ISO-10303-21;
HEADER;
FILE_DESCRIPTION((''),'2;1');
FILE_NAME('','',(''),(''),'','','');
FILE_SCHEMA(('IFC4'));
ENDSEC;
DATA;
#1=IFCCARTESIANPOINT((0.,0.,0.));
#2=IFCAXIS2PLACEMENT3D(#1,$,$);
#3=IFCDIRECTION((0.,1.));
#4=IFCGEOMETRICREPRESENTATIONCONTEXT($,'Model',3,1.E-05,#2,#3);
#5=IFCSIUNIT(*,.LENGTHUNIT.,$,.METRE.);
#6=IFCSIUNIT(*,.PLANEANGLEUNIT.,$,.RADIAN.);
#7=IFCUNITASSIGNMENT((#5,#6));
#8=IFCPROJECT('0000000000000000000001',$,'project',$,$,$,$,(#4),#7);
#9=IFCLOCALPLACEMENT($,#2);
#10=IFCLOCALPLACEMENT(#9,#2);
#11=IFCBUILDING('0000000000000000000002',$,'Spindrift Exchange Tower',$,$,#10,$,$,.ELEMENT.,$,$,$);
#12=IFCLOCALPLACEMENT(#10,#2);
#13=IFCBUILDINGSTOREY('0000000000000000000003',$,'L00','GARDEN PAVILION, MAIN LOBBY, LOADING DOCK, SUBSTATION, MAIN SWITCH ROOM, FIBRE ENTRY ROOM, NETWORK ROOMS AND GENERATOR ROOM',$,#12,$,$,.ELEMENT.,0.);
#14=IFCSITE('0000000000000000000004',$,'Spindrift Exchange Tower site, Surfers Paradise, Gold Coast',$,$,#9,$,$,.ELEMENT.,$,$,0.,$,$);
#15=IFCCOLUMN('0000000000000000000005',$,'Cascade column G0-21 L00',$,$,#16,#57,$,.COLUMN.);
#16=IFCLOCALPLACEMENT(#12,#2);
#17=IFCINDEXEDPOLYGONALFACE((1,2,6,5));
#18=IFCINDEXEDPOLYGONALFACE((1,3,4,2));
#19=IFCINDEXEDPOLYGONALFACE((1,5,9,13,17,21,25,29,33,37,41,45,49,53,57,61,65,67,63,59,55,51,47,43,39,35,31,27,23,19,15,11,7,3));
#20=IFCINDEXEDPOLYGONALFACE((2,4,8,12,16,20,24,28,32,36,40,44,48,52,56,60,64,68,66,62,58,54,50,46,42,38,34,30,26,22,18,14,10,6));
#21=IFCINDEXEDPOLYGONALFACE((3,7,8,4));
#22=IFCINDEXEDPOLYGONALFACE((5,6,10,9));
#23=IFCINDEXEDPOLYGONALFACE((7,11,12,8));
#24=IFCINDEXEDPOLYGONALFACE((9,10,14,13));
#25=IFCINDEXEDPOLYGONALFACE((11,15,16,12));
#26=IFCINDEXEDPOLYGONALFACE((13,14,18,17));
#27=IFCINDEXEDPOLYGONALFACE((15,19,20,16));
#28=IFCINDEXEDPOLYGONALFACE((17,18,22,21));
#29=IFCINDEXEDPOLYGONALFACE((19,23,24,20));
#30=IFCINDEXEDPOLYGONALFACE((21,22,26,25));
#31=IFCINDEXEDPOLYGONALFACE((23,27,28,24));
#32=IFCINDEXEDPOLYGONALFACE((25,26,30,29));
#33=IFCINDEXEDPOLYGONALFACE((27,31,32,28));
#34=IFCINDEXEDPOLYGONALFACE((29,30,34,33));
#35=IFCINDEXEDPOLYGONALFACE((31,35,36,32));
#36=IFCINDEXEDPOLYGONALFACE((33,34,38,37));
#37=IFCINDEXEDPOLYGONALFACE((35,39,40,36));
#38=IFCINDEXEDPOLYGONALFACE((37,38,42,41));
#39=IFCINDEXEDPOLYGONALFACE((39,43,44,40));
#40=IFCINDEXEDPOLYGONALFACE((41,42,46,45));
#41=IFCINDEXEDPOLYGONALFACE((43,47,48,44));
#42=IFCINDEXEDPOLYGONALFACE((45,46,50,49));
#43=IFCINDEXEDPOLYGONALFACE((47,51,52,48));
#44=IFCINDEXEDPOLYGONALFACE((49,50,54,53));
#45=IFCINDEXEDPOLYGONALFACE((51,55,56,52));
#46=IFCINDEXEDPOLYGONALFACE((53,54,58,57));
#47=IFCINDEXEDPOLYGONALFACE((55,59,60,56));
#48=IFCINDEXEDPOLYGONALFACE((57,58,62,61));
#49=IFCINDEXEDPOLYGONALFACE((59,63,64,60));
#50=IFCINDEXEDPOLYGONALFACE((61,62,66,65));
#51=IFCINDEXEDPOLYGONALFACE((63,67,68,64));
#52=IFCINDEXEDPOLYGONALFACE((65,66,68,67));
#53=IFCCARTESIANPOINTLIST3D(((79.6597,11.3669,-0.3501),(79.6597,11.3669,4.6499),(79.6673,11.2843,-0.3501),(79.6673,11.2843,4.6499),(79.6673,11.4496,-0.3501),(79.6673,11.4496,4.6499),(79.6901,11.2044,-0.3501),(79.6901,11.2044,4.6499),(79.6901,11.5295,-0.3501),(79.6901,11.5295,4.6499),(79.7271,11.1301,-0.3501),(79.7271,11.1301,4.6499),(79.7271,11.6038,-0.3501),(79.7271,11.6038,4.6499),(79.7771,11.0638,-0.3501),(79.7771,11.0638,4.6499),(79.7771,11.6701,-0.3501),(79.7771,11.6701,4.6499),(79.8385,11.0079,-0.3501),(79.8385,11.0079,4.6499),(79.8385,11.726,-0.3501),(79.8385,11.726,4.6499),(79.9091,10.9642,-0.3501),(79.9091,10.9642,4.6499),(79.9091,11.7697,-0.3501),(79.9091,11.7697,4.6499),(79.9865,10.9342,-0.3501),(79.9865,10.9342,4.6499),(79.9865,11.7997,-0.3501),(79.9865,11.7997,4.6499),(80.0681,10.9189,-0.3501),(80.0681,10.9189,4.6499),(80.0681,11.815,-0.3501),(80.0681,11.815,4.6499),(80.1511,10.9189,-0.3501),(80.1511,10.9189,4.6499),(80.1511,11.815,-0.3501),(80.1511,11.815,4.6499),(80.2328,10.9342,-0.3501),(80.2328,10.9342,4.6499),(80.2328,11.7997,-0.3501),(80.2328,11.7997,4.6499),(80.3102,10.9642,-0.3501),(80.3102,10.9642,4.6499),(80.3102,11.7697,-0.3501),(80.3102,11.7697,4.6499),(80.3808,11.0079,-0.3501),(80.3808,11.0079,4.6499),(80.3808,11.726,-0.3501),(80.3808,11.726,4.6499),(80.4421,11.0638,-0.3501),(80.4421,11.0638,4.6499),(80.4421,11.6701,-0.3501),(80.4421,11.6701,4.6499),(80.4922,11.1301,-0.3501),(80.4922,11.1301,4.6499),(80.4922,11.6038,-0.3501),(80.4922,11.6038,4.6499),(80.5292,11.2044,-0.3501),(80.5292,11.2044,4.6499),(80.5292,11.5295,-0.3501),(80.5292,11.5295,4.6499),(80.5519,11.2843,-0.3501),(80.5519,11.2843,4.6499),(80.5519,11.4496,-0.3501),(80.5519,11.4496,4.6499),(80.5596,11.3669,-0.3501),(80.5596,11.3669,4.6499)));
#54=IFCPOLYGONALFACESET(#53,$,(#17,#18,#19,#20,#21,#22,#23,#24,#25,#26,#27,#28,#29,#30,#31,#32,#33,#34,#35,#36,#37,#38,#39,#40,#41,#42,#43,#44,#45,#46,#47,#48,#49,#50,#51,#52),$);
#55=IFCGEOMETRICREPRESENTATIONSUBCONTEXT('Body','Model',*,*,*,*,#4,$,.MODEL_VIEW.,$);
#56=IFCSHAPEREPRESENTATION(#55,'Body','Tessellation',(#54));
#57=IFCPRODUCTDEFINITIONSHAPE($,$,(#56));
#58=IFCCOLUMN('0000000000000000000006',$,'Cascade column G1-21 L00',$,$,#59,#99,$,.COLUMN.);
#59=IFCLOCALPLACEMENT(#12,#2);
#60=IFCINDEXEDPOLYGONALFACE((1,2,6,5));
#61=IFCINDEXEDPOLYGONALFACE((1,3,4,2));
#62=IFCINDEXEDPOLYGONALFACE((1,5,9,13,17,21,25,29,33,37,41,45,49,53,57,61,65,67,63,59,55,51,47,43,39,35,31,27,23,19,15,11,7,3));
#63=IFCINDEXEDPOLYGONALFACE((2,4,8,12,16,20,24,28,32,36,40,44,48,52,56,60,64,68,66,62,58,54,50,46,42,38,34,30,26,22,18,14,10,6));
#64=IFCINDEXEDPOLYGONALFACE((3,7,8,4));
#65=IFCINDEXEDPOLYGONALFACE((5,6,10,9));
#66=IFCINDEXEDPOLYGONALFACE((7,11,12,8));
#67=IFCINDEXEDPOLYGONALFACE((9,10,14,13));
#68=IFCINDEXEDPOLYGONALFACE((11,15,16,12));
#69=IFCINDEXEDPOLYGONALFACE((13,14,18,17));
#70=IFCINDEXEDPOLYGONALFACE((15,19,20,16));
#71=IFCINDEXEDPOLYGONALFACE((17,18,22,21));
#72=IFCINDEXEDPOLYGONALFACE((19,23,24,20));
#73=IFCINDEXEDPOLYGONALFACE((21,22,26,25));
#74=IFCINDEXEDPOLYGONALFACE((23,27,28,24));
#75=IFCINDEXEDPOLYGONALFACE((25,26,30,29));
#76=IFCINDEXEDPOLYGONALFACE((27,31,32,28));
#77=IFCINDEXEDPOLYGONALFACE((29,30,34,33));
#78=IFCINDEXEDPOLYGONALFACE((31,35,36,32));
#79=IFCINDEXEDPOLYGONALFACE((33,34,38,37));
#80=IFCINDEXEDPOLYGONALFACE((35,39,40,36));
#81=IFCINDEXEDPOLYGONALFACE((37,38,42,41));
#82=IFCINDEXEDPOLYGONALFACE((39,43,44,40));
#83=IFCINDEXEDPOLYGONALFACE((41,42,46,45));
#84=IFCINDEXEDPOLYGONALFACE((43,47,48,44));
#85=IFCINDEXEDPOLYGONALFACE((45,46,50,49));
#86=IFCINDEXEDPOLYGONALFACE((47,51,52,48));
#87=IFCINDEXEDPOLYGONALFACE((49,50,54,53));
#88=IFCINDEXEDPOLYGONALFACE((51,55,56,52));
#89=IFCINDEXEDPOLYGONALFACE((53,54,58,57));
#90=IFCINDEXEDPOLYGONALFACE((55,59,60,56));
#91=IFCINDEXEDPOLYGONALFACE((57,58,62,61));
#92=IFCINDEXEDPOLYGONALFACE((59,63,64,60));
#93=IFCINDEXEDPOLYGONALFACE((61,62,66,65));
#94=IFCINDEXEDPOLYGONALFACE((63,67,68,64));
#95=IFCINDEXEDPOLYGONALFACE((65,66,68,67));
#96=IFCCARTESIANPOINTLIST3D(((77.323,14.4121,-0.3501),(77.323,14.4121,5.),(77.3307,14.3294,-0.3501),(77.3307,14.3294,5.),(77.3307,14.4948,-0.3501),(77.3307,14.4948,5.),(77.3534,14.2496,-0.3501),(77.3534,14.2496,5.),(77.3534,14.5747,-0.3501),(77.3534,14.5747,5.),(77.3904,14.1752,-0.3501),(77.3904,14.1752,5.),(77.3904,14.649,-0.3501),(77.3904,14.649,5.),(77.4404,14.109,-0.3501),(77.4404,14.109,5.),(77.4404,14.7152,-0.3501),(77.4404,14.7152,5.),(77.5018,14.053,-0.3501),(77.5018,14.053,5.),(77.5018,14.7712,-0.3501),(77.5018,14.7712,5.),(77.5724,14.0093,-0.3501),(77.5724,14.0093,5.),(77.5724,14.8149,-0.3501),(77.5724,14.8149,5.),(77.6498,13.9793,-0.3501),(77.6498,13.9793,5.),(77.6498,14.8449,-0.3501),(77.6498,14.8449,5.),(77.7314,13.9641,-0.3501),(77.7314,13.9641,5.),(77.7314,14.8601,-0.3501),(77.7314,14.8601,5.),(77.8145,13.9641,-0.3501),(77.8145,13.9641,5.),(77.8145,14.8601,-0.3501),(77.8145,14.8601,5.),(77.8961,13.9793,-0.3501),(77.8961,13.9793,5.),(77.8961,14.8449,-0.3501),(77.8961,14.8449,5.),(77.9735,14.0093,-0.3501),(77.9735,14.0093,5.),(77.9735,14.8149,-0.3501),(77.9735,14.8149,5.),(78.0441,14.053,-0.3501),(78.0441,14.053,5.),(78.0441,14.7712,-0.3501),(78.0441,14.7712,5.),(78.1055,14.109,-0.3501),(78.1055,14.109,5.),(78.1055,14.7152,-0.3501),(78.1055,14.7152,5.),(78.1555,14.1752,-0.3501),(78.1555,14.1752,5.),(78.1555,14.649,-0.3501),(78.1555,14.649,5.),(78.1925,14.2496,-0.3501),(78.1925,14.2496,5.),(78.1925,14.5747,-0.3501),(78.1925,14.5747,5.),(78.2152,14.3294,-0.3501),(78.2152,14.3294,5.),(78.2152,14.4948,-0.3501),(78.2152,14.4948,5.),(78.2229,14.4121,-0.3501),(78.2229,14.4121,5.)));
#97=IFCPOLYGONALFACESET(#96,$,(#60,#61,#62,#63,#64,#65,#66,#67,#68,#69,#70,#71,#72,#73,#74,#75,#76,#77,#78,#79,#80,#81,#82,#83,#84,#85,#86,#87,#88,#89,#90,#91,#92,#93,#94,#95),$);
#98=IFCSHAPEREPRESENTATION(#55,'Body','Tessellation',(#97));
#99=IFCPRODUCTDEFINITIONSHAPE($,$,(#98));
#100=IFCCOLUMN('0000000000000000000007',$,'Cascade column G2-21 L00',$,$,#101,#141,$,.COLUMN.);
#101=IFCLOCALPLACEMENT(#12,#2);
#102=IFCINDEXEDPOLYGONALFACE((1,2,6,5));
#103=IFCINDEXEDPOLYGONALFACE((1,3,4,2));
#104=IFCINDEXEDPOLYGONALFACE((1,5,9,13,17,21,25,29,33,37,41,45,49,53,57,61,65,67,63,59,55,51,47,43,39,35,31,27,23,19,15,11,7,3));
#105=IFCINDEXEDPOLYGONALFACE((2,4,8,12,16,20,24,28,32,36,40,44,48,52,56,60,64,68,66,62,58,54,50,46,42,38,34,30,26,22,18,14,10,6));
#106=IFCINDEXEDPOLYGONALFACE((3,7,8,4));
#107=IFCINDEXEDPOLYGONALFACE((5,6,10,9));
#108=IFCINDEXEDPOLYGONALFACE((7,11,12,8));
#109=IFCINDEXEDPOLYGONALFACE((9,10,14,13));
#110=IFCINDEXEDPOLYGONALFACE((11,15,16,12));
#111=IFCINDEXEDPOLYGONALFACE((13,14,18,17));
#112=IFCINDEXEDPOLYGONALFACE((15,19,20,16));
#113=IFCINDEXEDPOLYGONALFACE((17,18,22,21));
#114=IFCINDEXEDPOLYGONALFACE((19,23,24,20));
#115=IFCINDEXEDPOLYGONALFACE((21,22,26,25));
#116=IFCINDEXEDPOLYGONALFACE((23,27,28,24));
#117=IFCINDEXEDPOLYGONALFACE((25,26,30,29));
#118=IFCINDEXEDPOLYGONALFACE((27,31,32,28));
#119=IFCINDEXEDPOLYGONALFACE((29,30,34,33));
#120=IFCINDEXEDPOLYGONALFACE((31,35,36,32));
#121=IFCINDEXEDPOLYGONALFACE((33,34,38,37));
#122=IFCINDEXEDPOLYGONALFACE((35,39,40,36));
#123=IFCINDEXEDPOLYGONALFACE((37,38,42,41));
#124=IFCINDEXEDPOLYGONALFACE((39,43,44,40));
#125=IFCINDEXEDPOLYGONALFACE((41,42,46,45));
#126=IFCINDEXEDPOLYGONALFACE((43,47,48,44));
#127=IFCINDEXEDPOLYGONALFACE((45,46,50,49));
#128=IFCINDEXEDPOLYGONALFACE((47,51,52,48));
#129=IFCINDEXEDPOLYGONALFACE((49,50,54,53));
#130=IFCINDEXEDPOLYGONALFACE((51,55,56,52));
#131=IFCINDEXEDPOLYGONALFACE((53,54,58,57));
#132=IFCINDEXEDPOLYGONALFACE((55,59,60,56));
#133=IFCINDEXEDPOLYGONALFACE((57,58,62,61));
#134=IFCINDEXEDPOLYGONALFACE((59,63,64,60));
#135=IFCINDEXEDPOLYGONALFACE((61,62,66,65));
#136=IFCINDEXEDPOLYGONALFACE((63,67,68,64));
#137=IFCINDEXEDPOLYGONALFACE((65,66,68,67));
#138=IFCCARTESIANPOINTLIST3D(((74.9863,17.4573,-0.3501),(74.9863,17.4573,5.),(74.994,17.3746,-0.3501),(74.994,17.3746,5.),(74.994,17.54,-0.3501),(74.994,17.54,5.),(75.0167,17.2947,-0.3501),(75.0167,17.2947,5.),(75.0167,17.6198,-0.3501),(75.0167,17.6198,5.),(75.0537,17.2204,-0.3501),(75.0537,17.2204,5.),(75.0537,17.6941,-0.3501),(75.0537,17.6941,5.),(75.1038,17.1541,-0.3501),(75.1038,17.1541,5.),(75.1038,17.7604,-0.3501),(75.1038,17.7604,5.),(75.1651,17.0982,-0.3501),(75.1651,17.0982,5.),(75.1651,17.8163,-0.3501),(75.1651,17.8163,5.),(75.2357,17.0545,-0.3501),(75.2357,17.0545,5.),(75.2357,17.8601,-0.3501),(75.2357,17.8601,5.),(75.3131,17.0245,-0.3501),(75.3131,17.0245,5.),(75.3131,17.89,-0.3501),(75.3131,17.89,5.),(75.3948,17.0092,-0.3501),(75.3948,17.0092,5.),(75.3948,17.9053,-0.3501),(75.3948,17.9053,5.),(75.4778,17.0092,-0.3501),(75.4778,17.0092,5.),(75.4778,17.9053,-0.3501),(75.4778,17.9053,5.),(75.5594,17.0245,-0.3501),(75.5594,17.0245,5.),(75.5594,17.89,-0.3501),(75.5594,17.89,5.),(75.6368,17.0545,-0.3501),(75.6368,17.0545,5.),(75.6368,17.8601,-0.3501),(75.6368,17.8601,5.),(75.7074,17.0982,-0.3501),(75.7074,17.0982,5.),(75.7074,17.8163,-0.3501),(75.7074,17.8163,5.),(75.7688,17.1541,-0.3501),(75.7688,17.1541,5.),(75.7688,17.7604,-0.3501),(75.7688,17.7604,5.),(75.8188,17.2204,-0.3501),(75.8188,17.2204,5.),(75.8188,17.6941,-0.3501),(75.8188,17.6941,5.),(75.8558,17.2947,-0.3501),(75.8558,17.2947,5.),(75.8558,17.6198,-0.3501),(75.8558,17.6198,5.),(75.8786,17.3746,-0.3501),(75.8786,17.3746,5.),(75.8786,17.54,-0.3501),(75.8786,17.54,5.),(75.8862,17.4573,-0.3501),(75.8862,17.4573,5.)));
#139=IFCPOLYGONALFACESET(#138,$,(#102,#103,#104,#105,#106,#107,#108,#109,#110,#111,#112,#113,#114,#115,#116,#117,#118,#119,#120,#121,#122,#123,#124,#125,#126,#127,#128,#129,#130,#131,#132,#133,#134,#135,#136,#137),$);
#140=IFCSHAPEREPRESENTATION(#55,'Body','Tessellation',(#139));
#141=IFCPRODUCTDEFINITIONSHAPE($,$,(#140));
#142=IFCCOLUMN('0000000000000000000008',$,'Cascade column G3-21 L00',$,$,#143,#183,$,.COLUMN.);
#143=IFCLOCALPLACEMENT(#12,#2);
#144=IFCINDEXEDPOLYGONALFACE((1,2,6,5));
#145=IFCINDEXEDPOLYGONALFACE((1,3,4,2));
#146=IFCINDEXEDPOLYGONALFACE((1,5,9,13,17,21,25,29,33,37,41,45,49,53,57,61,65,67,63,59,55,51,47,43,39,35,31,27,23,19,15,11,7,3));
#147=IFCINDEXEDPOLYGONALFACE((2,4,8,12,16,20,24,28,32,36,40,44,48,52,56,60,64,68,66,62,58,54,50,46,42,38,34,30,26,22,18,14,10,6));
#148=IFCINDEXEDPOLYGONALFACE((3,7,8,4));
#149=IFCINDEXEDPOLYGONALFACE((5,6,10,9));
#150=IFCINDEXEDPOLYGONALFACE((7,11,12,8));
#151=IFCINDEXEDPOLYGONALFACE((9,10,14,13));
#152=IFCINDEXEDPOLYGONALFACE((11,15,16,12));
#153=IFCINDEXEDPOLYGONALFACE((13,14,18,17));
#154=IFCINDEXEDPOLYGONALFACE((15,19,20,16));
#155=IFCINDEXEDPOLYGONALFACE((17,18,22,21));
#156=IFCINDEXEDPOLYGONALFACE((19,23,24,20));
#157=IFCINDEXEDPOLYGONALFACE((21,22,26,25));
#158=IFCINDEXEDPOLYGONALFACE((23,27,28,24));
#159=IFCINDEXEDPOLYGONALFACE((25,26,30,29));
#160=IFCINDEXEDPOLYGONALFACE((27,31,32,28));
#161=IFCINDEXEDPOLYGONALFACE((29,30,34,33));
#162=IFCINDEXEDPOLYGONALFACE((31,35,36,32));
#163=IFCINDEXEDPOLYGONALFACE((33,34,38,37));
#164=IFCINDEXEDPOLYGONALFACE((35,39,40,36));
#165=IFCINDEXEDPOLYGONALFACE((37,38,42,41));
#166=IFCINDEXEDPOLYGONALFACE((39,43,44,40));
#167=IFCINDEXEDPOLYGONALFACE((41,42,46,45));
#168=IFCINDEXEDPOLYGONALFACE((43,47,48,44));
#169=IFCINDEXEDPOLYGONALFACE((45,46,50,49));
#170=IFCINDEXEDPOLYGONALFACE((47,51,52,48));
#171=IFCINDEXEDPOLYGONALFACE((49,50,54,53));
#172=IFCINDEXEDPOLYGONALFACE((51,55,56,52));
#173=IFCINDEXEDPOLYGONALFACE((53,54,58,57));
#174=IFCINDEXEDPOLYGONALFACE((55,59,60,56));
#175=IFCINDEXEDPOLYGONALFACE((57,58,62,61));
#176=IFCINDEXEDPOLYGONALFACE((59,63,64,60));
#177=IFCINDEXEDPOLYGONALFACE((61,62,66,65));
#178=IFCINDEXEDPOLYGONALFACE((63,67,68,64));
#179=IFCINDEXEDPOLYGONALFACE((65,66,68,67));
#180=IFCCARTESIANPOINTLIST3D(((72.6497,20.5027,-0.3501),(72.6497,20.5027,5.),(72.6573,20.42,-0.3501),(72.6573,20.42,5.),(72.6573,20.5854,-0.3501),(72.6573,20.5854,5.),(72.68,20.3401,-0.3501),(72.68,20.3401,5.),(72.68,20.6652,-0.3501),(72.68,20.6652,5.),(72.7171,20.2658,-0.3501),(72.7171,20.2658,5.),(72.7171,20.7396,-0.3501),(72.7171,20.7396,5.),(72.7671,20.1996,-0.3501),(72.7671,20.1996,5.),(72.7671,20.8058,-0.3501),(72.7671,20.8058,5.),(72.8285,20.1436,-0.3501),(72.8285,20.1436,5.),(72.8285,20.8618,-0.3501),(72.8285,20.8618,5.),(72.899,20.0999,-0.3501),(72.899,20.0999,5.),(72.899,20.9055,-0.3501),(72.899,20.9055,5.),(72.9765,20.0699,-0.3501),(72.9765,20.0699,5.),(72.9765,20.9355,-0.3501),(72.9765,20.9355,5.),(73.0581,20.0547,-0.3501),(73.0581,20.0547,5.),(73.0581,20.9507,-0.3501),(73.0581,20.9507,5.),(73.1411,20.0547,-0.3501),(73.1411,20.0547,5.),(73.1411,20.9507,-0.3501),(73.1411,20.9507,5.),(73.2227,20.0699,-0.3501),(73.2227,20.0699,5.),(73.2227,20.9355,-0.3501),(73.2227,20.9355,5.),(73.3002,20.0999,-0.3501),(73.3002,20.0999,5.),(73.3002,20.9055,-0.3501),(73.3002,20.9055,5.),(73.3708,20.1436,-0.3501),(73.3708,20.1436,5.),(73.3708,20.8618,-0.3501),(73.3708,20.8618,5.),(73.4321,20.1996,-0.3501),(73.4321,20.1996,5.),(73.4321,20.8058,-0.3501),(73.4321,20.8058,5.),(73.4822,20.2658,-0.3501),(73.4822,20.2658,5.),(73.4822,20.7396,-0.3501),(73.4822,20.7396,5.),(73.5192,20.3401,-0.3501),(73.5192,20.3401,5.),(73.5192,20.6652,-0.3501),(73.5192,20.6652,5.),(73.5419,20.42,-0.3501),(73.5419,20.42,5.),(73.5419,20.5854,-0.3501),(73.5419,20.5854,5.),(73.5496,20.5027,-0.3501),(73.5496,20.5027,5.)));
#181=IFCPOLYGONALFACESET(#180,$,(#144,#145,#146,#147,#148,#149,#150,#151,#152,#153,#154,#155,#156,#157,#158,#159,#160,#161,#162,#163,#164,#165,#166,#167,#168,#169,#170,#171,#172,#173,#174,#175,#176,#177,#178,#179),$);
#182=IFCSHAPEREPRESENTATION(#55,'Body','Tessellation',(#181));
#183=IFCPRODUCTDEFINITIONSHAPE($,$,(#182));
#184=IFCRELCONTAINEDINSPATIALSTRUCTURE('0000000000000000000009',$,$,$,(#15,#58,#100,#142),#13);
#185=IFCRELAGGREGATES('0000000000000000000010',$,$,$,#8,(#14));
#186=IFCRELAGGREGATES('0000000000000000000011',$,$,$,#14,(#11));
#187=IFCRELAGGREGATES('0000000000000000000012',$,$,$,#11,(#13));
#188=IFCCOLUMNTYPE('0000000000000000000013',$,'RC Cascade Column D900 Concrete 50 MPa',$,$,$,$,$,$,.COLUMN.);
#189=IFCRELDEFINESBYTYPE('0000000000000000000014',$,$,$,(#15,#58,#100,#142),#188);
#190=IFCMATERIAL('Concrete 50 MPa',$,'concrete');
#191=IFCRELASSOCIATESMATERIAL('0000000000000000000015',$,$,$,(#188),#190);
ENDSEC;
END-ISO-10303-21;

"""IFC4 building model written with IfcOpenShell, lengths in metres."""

from ifc_helpers import new_model, si_unit, direction, frame, origin, origin_2d, place, context, subcontext, project, spatial, circle, extrude, source, transform, mapped, material, material_profile, profile_set, type_object, element, save


model = new_model("IFC4")

# Units and contexts
model_context = context("Model", 3, precision=1e-05, world=origin(), true_north=direction((0.0, 1.0)))
body_context = subcontext(model_context, "Body", "Model", "MODEL_VIEW")
ifc_project = project(units=[si_unit("LENGTHUNIT", "METRE"), si_unit("PLANEANGLEUNIT", "RADIAN")], contexts=[model_context])

# Site, building, storey
site_placement = place(None, origin())
site = spatial("IfcSite", under=ifc_project, at=site_placement, Name="Spindrift Exchange Tower site, Surfers Paradise, Gold Coast", CompositionType="ELEMENT", RefElevation=0.0)
building_placement = place(site_placement, origin())
building = spatial("IfcBuilding", under=site, at=building_placement, Name="Spindrift Exchange Tower", CompositionType="ELEMENT")
storey_placement = place(building_placement, origin())
storey = spatial("IfcBuildingStorey", under=building, at=storey_placement, Name="L00", Description="GARDEN PAVILION, MAIN LOBBY, LOADING DOCK, SUBSTATION, MAIN SWITCH ROOM, FIBRE ENTRY ROOM, NETWORK ROOMS AND GENERATOR ROOM", CompositionType="ELEMENT", Elevation=0.0)

# Columns
ifc_material_1 = material(Name="Concrete 50 MPa", Category="concrete")
ifc_material_profile_1 = material_profile(ifc_material_1, circle(Radius=0.45, at=origin_2d()), Name="RC D900")
ifc_profile_set_1 = profile_set([ifc_material_profile_1], Name="Concrete 50 MPa")
column_type = type_object("IfcColumnType", Name="RC Cascade Column D900 Concrete 50 MPa", PredefinedType="COLUMN", material=ifc_profile_set_1)
shared_shape_1 = source(origin(), body_context, "Body", "SweptSolid", [
    extrude(circle(Radius=0.45, at=origin_2d()), origin(), (0.0, 0.0, 1.0), 5.0),
])
column_placement = place(storey_placement, frame((80.1096, 11.3669, -0.3501), z_axis=(0.0, 0.0, 1.0), x_axis=(1.0, 0.0, 0.0)))
element("IfcColumn", 1, at=column_placement, inside=storey, type_object=column_type, Name="Cascade column G0-21 L00", PredefinedType="COLUMN", context=body_context, shape_type="MappedRepresentation", body=[
    mapped(shared_shape_1, transform((0.0, 0.0, 0.0), scale=1.0)),
])
shared_shape_2 = source(origin(), body_context, "Body", "SweptSolid", [
    extrude(circle(Radius=0.45, at=origin_2d()), origin(), (0.0, 0.0, 1.0), 5.3501),
])
for number, where, z_axis, x_axis, name in (
    (2, (77.7729, 14.4121, -0.3501), (0.0, 0.0, 1.0), (1.0, 0.0, 0.0), "Cascade column G1-21 L00"),
    (3, (75.4363, 17.4573, -0.3501), (0.0, 0.0, 1.0), (1.0, 0.0, 0.0), "Cascade column G2-21 L00"),
    (4, (73.0996, 20.5027, -0.3501), (0.0, 0.0, 1.0), (1.0, 0.0, 0.0), "Cascade column G3-21 L00"),
):
    element("IfcColumn", number, at=place(storey_placement, frame(where, z_axis=z_axis, x_axis=x_axis)), inside=storey, type_object=column_type, Name=name, PredefinedType="COLUMN", context=body_context, shape_type="MappedRepresentation", body=[
        mapped(shared_shape_2, transform((0.0, 0.0, 0.0), scale=1.0)),
    ])

save(model, "model.ifc")
